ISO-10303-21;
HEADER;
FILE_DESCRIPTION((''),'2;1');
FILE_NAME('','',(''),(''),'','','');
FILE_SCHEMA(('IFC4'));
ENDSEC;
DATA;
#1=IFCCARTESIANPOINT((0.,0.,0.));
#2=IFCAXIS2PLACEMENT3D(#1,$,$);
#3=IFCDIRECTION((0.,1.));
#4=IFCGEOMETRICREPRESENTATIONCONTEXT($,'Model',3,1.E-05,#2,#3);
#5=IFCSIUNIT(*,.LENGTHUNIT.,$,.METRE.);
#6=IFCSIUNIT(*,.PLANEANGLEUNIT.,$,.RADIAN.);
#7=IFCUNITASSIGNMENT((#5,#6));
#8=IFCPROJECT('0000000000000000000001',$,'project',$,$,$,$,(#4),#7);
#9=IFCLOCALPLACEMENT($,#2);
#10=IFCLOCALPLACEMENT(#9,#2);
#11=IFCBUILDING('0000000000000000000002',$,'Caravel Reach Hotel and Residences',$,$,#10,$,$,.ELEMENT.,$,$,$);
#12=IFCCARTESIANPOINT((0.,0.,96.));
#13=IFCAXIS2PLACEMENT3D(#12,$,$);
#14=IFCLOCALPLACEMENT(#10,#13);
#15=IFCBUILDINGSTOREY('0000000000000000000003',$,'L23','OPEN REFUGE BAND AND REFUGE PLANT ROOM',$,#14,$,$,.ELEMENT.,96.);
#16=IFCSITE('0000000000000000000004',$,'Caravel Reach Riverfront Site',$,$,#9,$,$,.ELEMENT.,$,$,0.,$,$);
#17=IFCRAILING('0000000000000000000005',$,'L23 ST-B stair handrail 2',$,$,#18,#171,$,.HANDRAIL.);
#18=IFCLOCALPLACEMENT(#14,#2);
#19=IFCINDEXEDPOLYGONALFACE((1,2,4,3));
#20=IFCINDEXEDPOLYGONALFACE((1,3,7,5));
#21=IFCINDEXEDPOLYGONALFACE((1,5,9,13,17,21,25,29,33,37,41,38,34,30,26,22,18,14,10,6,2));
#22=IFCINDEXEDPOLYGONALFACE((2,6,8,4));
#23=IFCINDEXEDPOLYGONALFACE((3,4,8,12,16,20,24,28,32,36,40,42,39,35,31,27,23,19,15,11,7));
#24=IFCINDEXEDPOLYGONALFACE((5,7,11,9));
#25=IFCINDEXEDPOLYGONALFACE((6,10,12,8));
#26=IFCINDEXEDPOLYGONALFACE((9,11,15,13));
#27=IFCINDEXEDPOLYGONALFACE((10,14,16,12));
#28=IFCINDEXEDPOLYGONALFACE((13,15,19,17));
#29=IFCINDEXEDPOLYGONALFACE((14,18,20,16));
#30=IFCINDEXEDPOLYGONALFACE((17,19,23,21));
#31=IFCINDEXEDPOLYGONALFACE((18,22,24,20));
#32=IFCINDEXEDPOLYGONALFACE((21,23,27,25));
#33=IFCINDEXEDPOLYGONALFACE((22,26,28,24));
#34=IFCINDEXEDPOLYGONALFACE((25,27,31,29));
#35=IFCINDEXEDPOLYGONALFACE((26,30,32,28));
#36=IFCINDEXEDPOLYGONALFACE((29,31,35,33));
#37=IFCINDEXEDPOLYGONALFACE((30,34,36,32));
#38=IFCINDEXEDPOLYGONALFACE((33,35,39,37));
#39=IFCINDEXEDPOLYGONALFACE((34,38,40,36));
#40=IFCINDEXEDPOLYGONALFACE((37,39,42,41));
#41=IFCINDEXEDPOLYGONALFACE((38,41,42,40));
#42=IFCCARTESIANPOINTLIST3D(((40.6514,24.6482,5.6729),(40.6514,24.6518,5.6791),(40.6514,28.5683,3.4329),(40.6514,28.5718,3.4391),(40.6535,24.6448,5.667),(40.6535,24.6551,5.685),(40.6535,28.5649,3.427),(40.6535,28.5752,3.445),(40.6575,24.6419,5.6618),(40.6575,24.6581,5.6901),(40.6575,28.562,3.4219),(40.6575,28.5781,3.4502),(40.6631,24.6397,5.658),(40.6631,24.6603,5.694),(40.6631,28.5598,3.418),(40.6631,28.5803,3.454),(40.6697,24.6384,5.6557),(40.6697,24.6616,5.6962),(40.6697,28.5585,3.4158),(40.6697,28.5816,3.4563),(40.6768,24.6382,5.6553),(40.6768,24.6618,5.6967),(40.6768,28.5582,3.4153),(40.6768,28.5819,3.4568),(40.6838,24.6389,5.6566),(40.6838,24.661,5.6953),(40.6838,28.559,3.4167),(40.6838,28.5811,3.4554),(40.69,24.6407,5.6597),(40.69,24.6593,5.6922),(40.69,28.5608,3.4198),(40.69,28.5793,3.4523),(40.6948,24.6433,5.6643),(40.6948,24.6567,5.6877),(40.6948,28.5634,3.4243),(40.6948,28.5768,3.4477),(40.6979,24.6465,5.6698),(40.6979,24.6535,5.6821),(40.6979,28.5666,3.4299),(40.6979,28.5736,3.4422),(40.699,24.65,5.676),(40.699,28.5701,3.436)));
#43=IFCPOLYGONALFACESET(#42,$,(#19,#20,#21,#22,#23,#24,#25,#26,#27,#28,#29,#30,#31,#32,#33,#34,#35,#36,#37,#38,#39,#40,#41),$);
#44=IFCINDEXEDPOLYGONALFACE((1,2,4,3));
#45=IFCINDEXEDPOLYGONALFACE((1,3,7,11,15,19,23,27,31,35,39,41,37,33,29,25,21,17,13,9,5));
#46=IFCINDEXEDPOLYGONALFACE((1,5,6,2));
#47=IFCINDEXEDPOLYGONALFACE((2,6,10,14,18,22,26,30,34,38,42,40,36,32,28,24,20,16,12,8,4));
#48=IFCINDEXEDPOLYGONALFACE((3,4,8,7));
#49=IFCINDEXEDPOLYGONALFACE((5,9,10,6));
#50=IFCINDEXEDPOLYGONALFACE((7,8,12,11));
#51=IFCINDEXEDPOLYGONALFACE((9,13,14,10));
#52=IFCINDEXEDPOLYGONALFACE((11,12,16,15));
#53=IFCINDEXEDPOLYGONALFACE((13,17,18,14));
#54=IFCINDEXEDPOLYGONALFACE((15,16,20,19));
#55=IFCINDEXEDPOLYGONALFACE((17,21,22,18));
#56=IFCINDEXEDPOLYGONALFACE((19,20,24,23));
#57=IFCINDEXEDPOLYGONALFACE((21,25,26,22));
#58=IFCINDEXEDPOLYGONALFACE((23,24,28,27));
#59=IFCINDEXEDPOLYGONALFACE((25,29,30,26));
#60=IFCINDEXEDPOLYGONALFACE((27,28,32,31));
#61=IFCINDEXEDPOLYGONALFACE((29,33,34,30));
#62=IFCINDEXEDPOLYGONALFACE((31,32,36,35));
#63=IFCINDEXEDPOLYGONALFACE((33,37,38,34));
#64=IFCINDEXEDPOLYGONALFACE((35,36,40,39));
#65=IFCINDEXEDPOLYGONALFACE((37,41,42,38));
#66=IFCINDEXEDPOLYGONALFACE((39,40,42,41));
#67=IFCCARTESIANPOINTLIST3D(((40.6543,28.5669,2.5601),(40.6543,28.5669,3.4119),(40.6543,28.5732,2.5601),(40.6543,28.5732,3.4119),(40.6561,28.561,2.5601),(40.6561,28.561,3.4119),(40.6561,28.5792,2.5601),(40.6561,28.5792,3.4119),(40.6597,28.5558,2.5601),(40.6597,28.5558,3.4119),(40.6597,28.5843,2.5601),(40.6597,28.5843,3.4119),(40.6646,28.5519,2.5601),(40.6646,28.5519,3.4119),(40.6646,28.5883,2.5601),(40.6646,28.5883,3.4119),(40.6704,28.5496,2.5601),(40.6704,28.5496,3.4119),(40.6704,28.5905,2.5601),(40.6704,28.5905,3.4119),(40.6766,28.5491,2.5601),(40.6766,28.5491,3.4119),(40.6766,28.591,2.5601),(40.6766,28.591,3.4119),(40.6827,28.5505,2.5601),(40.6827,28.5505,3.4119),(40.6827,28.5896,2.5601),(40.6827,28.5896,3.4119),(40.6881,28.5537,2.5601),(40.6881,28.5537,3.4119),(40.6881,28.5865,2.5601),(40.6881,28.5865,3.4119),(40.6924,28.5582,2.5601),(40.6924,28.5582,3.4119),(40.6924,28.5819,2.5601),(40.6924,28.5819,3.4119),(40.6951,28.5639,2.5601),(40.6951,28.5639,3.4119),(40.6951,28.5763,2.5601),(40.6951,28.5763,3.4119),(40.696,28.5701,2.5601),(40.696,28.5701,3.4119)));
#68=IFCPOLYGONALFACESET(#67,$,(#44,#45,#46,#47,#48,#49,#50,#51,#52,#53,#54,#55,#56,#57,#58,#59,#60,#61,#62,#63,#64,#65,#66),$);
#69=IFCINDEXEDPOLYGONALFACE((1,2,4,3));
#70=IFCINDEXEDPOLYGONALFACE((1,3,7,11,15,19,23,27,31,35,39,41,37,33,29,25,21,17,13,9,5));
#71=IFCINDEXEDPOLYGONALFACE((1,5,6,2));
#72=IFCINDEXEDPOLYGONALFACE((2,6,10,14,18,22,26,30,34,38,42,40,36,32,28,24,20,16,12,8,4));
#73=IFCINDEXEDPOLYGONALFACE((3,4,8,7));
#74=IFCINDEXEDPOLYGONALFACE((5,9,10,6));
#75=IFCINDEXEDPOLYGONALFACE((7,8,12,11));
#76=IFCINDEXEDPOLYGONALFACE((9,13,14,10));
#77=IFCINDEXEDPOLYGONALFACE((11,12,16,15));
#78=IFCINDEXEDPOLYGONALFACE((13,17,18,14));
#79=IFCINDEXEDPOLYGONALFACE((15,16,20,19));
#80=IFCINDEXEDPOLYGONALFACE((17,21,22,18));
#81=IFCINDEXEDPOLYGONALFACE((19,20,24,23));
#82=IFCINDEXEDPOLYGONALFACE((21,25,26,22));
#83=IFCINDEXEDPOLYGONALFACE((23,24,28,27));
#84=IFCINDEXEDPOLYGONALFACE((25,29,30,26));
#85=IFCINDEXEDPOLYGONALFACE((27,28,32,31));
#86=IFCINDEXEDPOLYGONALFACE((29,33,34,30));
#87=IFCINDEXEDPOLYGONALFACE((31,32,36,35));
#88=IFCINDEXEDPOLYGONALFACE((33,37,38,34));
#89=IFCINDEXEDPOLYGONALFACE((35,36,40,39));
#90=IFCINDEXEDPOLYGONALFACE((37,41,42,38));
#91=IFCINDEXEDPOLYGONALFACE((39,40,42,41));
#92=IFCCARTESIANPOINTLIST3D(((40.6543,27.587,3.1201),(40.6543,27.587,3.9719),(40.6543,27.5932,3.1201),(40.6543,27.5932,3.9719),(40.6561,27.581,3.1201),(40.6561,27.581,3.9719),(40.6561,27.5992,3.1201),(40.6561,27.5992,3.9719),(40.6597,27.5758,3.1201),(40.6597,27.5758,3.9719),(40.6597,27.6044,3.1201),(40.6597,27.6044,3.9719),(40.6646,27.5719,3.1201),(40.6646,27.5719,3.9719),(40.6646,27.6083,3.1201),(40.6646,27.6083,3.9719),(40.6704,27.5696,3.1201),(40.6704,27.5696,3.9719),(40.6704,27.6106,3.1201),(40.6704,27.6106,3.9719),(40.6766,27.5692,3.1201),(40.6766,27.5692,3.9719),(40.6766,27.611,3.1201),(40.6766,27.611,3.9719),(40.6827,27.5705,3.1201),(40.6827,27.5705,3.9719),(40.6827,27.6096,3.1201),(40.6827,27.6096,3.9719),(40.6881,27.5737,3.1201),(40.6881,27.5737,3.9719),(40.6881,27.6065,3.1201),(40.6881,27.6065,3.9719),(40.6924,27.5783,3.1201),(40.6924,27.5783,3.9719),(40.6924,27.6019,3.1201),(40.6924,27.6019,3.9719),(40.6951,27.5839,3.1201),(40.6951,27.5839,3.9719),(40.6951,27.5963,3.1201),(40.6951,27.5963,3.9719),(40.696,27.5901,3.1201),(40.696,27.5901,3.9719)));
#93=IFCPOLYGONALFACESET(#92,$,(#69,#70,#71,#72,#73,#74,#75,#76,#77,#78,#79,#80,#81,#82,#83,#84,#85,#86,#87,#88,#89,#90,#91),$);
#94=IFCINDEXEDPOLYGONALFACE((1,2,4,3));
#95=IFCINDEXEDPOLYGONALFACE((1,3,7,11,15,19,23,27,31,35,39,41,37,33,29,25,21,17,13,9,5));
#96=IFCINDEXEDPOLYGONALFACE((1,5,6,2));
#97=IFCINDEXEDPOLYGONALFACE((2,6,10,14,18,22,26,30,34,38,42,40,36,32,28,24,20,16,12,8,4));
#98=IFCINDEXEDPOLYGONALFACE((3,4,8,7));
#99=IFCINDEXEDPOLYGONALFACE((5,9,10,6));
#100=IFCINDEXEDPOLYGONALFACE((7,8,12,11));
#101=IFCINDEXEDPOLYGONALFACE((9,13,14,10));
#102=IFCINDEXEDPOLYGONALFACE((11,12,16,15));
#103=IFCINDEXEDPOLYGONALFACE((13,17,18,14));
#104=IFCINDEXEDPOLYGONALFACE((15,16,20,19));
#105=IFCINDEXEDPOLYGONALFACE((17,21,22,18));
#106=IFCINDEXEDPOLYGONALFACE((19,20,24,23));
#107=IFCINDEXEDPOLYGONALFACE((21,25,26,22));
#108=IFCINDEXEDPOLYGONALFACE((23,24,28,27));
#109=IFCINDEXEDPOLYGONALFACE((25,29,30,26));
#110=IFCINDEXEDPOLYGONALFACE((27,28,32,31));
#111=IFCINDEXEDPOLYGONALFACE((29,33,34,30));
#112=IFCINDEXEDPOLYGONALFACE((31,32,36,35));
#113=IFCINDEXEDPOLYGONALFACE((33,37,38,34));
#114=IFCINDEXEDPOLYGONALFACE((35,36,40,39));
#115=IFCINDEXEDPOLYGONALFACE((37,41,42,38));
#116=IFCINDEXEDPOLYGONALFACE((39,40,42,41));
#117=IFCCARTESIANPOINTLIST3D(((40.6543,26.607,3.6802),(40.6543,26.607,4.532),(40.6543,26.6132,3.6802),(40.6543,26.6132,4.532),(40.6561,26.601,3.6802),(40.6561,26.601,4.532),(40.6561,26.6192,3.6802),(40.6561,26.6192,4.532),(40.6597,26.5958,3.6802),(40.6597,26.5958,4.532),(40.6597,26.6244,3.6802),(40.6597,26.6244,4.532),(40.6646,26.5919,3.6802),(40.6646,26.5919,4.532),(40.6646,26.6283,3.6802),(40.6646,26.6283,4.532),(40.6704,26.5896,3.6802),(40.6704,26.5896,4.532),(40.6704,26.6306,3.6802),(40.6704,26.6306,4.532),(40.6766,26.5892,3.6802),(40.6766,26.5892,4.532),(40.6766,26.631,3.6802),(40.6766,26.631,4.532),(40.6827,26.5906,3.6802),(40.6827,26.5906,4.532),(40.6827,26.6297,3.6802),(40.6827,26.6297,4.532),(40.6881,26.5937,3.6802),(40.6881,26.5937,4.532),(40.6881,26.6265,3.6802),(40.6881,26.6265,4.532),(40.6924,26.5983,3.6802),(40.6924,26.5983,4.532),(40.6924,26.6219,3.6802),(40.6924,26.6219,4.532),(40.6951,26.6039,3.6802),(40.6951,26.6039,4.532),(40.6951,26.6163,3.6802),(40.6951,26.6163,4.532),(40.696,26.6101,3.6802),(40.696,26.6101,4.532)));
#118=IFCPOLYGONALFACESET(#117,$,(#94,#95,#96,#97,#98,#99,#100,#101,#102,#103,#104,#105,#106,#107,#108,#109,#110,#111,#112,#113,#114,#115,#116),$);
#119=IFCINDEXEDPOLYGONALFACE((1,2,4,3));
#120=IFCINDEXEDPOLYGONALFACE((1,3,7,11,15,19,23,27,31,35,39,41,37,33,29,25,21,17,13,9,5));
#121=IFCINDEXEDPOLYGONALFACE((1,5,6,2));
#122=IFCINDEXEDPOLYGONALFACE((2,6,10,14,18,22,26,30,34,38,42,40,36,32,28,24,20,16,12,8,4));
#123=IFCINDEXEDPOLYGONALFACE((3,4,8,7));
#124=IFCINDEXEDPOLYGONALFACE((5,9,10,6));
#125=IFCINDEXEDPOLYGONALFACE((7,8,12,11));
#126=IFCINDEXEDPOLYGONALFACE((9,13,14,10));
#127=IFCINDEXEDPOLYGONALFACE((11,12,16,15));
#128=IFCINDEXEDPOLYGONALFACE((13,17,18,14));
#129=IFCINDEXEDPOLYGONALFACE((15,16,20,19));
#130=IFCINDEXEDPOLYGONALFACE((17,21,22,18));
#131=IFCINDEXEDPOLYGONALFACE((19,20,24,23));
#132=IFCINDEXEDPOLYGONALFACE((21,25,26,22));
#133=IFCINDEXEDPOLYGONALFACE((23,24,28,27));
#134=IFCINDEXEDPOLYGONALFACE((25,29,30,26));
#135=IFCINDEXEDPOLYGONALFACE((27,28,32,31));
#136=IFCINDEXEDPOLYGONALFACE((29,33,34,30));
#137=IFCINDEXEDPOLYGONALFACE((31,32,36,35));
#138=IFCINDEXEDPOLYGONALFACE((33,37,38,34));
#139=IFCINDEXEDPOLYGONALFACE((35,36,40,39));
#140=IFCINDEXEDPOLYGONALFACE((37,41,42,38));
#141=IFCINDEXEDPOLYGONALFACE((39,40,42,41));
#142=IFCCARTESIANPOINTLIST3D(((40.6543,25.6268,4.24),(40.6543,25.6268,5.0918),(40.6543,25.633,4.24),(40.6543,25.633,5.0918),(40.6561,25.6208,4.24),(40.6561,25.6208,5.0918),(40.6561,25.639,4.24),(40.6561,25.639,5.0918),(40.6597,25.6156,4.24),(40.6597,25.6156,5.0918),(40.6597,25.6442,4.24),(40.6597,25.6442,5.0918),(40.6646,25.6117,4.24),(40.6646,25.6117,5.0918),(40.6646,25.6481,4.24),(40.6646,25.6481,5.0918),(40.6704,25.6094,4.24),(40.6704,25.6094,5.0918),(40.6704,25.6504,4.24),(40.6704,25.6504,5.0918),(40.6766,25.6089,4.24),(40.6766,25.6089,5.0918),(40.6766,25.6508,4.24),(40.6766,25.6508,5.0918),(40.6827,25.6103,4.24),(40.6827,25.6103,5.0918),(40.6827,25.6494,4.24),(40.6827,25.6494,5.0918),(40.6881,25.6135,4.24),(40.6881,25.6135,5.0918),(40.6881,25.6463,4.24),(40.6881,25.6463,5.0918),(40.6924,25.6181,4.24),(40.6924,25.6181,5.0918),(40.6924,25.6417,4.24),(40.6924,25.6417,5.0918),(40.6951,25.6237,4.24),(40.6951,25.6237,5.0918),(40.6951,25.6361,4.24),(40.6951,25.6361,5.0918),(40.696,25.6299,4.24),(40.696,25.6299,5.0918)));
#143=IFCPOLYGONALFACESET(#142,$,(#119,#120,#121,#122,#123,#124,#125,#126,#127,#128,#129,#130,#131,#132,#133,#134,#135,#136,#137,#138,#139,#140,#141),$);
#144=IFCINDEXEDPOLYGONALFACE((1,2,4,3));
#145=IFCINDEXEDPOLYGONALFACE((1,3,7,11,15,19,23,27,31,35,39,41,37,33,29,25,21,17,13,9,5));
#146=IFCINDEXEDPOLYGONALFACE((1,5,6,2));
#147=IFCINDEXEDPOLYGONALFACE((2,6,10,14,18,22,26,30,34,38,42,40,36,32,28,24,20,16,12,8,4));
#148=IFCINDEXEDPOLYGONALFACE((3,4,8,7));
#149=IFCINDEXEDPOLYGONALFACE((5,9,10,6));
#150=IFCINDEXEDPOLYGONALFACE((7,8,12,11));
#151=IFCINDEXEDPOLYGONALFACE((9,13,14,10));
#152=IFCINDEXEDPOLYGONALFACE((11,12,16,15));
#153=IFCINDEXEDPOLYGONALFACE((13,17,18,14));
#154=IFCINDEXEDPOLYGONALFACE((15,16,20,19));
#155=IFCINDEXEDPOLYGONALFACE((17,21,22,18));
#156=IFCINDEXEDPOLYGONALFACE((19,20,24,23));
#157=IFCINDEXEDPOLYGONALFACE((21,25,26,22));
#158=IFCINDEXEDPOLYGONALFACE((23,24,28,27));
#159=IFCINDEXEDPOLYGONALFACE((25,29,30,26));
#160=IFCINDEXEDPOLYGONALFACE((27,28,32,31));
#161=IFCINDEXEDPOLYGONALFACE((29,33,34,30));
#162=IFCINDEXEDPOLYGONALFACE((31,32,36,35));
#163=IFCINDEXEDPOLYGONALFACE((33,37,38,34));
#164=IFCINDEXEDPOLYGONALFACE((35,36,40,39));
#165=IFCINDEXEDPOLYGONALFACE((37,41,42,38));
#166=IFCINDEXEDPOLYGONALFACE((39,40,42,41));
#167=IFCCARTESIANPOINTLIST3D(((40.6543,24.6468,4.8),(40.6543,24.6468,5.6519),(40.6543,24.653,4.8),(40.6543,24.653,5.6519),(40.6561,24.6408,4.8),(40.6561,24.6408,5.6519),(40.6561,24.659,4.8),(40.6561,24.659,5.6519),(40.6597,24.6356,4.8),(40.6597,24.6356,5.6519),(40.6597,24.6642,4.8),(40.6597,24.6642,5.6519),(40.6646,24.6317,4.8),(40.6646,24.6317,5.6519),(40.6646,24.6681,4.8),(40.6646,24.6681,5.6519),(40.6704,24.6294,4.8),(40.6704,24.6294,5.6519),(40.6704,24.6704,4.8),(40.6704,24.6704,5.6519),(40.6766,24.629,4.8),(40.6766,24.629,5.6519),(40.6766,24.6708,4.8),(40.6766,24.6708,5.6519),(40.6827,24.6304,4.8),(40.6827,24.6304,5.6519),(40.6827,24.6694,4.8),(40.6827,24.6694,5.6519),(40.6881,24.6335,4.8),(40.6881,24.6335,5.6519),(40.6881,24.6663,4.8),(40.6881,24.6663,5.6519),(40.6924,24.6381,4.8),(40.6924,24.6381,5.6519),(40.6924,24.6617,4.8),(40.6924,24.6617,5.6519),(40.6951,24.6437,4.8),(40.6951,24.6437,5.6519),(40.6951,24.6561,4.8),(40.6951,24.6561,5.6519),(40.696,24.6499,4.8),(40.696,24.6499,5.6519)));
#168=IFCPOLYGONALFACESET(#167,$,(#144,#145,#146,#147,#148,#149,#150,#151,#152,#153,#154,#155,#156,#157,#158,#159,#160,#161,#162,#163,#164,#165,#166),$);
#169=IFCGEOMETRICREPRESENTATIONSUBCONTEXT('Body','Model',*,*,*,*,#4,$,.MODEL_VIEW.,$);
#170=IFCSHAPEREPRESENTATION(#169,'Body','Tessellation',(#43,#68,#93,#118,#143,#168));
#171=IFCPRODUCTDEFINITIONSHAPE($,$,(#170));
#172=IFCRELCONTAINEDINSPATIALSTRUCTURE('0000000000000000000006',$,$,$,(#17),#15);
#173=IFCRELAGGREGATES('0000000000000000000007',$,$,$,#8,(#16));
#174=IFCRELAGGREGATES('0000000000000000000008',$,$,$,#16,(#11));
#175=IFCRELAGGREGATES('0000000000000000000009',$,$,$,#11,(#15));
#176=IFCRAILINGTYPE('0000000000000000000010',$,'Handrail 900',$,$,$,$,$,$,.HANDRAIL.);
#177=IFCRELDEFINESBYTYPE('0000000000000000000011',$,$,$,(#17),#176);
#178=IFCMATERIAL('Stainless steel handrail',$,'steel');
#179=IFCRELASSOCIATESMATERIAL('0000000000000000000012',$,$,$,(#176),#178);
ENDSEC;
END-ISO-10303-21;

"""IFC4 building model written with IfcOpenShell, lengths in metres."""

from ifc_helpers import new_model, si_unit, direction, frame, origin, origin_2d, place, context, subcontext, project, spatial, circle, extrude, material, type_object, element, save


model = new_model("IFC4")

# Units and contexts
model_context = context("Model", 3, precision=1e-05, world=origin(), true_north=direction((0.0, 1.0)))
body_context = subcontext(model_context, "Body", "Model", "MODEL_VIEW")
ifc_project = project(units=[si_unit("LENGTHUNIT", "METRE"), si_unit("PLANEANGLEUNIT", "RADIAN")], contexts=[model_context])

# Site, building, storey
site_placement = place(None, origin())
site = spatial("IfcSite", under=ifc_project, at=site_placement, Name="Caravel Reach Riverfront Site", CompositionType="ELEMENT", RefElevation=0.0)
building_placement = place(site_placement, origin())
building = spatial("IfcBuilding", under=site, at=building_placement, Name="Caravel Reach Hotel and Residences", CompositionType="ELEMENT")
storey_placement = place(building_placement, frame((0.0, 0.0, 96.0)))
storey = spatial("IfcBuildingStorey", under=building, at=storey_placement, Name="L23", Description="OPEN REFUGE BAND AND REFUGE PLANT ROOM", CompositionType="ELEMENT", Elevation=96.0)

# Railing
ifc_material_1 = material(Name="Stainless steel handrail", Category="steel")
railing_type_1 = type_object("IfcRailingType", Name="Handrail 900", PredefinedType="HANDRAIL", material=ifc_material_1)
railing_1_placement = place(storey_placement, frame((40.675, 28.5701, 2.5601)))
element("IfcRailing", 1, at=railing_1_placement, inside=storey, type_object=railing_type_1, Name="L23 ST-B stair handrail 2", PredefinedType="HANDRAIL", context=body_context, shape_type="SweptSolid", body=[
    extrude(circle(Radius=0.0239, at=origin_2d()), frame((0.0, 0.0, 0.876), z_axis=(0.0, -0.868253, 0.496121), x_axis=(1.0, 0.0, 0.0)), (0.0, 0.0, 1.0), 4.5149),
    extrude(circle(Radius=0.021, at=origin_2d()), origin(), (0.0, 0.0, 1.0), 0.8518),
    extrude(circle(Radius=0.021, at=origin_2d()), frame((0.0, -0.98, 0.5601)), (0.0, 0.0, 1.0), 0.8518),
    extrude(circle(Radius=0.021, at=origin_2d()), frame((0.0, -1.96, 1.1201)), (0.0, 0.0, 1.0), 0.8518),
    extrude(circle(Radius=0.021, at=origin_2d()), frame((0.0, -2.9402, 1.6799)), (0.0, 0.0, 1.0), 0.8518),
    extrude(circle(Radius=0.021, at=origin_2d()), frame((0.0, -3.9202, 2.24)), (0.0, 0.0, 1.0), 0.8518),
])

save(model, "model.ifc")
